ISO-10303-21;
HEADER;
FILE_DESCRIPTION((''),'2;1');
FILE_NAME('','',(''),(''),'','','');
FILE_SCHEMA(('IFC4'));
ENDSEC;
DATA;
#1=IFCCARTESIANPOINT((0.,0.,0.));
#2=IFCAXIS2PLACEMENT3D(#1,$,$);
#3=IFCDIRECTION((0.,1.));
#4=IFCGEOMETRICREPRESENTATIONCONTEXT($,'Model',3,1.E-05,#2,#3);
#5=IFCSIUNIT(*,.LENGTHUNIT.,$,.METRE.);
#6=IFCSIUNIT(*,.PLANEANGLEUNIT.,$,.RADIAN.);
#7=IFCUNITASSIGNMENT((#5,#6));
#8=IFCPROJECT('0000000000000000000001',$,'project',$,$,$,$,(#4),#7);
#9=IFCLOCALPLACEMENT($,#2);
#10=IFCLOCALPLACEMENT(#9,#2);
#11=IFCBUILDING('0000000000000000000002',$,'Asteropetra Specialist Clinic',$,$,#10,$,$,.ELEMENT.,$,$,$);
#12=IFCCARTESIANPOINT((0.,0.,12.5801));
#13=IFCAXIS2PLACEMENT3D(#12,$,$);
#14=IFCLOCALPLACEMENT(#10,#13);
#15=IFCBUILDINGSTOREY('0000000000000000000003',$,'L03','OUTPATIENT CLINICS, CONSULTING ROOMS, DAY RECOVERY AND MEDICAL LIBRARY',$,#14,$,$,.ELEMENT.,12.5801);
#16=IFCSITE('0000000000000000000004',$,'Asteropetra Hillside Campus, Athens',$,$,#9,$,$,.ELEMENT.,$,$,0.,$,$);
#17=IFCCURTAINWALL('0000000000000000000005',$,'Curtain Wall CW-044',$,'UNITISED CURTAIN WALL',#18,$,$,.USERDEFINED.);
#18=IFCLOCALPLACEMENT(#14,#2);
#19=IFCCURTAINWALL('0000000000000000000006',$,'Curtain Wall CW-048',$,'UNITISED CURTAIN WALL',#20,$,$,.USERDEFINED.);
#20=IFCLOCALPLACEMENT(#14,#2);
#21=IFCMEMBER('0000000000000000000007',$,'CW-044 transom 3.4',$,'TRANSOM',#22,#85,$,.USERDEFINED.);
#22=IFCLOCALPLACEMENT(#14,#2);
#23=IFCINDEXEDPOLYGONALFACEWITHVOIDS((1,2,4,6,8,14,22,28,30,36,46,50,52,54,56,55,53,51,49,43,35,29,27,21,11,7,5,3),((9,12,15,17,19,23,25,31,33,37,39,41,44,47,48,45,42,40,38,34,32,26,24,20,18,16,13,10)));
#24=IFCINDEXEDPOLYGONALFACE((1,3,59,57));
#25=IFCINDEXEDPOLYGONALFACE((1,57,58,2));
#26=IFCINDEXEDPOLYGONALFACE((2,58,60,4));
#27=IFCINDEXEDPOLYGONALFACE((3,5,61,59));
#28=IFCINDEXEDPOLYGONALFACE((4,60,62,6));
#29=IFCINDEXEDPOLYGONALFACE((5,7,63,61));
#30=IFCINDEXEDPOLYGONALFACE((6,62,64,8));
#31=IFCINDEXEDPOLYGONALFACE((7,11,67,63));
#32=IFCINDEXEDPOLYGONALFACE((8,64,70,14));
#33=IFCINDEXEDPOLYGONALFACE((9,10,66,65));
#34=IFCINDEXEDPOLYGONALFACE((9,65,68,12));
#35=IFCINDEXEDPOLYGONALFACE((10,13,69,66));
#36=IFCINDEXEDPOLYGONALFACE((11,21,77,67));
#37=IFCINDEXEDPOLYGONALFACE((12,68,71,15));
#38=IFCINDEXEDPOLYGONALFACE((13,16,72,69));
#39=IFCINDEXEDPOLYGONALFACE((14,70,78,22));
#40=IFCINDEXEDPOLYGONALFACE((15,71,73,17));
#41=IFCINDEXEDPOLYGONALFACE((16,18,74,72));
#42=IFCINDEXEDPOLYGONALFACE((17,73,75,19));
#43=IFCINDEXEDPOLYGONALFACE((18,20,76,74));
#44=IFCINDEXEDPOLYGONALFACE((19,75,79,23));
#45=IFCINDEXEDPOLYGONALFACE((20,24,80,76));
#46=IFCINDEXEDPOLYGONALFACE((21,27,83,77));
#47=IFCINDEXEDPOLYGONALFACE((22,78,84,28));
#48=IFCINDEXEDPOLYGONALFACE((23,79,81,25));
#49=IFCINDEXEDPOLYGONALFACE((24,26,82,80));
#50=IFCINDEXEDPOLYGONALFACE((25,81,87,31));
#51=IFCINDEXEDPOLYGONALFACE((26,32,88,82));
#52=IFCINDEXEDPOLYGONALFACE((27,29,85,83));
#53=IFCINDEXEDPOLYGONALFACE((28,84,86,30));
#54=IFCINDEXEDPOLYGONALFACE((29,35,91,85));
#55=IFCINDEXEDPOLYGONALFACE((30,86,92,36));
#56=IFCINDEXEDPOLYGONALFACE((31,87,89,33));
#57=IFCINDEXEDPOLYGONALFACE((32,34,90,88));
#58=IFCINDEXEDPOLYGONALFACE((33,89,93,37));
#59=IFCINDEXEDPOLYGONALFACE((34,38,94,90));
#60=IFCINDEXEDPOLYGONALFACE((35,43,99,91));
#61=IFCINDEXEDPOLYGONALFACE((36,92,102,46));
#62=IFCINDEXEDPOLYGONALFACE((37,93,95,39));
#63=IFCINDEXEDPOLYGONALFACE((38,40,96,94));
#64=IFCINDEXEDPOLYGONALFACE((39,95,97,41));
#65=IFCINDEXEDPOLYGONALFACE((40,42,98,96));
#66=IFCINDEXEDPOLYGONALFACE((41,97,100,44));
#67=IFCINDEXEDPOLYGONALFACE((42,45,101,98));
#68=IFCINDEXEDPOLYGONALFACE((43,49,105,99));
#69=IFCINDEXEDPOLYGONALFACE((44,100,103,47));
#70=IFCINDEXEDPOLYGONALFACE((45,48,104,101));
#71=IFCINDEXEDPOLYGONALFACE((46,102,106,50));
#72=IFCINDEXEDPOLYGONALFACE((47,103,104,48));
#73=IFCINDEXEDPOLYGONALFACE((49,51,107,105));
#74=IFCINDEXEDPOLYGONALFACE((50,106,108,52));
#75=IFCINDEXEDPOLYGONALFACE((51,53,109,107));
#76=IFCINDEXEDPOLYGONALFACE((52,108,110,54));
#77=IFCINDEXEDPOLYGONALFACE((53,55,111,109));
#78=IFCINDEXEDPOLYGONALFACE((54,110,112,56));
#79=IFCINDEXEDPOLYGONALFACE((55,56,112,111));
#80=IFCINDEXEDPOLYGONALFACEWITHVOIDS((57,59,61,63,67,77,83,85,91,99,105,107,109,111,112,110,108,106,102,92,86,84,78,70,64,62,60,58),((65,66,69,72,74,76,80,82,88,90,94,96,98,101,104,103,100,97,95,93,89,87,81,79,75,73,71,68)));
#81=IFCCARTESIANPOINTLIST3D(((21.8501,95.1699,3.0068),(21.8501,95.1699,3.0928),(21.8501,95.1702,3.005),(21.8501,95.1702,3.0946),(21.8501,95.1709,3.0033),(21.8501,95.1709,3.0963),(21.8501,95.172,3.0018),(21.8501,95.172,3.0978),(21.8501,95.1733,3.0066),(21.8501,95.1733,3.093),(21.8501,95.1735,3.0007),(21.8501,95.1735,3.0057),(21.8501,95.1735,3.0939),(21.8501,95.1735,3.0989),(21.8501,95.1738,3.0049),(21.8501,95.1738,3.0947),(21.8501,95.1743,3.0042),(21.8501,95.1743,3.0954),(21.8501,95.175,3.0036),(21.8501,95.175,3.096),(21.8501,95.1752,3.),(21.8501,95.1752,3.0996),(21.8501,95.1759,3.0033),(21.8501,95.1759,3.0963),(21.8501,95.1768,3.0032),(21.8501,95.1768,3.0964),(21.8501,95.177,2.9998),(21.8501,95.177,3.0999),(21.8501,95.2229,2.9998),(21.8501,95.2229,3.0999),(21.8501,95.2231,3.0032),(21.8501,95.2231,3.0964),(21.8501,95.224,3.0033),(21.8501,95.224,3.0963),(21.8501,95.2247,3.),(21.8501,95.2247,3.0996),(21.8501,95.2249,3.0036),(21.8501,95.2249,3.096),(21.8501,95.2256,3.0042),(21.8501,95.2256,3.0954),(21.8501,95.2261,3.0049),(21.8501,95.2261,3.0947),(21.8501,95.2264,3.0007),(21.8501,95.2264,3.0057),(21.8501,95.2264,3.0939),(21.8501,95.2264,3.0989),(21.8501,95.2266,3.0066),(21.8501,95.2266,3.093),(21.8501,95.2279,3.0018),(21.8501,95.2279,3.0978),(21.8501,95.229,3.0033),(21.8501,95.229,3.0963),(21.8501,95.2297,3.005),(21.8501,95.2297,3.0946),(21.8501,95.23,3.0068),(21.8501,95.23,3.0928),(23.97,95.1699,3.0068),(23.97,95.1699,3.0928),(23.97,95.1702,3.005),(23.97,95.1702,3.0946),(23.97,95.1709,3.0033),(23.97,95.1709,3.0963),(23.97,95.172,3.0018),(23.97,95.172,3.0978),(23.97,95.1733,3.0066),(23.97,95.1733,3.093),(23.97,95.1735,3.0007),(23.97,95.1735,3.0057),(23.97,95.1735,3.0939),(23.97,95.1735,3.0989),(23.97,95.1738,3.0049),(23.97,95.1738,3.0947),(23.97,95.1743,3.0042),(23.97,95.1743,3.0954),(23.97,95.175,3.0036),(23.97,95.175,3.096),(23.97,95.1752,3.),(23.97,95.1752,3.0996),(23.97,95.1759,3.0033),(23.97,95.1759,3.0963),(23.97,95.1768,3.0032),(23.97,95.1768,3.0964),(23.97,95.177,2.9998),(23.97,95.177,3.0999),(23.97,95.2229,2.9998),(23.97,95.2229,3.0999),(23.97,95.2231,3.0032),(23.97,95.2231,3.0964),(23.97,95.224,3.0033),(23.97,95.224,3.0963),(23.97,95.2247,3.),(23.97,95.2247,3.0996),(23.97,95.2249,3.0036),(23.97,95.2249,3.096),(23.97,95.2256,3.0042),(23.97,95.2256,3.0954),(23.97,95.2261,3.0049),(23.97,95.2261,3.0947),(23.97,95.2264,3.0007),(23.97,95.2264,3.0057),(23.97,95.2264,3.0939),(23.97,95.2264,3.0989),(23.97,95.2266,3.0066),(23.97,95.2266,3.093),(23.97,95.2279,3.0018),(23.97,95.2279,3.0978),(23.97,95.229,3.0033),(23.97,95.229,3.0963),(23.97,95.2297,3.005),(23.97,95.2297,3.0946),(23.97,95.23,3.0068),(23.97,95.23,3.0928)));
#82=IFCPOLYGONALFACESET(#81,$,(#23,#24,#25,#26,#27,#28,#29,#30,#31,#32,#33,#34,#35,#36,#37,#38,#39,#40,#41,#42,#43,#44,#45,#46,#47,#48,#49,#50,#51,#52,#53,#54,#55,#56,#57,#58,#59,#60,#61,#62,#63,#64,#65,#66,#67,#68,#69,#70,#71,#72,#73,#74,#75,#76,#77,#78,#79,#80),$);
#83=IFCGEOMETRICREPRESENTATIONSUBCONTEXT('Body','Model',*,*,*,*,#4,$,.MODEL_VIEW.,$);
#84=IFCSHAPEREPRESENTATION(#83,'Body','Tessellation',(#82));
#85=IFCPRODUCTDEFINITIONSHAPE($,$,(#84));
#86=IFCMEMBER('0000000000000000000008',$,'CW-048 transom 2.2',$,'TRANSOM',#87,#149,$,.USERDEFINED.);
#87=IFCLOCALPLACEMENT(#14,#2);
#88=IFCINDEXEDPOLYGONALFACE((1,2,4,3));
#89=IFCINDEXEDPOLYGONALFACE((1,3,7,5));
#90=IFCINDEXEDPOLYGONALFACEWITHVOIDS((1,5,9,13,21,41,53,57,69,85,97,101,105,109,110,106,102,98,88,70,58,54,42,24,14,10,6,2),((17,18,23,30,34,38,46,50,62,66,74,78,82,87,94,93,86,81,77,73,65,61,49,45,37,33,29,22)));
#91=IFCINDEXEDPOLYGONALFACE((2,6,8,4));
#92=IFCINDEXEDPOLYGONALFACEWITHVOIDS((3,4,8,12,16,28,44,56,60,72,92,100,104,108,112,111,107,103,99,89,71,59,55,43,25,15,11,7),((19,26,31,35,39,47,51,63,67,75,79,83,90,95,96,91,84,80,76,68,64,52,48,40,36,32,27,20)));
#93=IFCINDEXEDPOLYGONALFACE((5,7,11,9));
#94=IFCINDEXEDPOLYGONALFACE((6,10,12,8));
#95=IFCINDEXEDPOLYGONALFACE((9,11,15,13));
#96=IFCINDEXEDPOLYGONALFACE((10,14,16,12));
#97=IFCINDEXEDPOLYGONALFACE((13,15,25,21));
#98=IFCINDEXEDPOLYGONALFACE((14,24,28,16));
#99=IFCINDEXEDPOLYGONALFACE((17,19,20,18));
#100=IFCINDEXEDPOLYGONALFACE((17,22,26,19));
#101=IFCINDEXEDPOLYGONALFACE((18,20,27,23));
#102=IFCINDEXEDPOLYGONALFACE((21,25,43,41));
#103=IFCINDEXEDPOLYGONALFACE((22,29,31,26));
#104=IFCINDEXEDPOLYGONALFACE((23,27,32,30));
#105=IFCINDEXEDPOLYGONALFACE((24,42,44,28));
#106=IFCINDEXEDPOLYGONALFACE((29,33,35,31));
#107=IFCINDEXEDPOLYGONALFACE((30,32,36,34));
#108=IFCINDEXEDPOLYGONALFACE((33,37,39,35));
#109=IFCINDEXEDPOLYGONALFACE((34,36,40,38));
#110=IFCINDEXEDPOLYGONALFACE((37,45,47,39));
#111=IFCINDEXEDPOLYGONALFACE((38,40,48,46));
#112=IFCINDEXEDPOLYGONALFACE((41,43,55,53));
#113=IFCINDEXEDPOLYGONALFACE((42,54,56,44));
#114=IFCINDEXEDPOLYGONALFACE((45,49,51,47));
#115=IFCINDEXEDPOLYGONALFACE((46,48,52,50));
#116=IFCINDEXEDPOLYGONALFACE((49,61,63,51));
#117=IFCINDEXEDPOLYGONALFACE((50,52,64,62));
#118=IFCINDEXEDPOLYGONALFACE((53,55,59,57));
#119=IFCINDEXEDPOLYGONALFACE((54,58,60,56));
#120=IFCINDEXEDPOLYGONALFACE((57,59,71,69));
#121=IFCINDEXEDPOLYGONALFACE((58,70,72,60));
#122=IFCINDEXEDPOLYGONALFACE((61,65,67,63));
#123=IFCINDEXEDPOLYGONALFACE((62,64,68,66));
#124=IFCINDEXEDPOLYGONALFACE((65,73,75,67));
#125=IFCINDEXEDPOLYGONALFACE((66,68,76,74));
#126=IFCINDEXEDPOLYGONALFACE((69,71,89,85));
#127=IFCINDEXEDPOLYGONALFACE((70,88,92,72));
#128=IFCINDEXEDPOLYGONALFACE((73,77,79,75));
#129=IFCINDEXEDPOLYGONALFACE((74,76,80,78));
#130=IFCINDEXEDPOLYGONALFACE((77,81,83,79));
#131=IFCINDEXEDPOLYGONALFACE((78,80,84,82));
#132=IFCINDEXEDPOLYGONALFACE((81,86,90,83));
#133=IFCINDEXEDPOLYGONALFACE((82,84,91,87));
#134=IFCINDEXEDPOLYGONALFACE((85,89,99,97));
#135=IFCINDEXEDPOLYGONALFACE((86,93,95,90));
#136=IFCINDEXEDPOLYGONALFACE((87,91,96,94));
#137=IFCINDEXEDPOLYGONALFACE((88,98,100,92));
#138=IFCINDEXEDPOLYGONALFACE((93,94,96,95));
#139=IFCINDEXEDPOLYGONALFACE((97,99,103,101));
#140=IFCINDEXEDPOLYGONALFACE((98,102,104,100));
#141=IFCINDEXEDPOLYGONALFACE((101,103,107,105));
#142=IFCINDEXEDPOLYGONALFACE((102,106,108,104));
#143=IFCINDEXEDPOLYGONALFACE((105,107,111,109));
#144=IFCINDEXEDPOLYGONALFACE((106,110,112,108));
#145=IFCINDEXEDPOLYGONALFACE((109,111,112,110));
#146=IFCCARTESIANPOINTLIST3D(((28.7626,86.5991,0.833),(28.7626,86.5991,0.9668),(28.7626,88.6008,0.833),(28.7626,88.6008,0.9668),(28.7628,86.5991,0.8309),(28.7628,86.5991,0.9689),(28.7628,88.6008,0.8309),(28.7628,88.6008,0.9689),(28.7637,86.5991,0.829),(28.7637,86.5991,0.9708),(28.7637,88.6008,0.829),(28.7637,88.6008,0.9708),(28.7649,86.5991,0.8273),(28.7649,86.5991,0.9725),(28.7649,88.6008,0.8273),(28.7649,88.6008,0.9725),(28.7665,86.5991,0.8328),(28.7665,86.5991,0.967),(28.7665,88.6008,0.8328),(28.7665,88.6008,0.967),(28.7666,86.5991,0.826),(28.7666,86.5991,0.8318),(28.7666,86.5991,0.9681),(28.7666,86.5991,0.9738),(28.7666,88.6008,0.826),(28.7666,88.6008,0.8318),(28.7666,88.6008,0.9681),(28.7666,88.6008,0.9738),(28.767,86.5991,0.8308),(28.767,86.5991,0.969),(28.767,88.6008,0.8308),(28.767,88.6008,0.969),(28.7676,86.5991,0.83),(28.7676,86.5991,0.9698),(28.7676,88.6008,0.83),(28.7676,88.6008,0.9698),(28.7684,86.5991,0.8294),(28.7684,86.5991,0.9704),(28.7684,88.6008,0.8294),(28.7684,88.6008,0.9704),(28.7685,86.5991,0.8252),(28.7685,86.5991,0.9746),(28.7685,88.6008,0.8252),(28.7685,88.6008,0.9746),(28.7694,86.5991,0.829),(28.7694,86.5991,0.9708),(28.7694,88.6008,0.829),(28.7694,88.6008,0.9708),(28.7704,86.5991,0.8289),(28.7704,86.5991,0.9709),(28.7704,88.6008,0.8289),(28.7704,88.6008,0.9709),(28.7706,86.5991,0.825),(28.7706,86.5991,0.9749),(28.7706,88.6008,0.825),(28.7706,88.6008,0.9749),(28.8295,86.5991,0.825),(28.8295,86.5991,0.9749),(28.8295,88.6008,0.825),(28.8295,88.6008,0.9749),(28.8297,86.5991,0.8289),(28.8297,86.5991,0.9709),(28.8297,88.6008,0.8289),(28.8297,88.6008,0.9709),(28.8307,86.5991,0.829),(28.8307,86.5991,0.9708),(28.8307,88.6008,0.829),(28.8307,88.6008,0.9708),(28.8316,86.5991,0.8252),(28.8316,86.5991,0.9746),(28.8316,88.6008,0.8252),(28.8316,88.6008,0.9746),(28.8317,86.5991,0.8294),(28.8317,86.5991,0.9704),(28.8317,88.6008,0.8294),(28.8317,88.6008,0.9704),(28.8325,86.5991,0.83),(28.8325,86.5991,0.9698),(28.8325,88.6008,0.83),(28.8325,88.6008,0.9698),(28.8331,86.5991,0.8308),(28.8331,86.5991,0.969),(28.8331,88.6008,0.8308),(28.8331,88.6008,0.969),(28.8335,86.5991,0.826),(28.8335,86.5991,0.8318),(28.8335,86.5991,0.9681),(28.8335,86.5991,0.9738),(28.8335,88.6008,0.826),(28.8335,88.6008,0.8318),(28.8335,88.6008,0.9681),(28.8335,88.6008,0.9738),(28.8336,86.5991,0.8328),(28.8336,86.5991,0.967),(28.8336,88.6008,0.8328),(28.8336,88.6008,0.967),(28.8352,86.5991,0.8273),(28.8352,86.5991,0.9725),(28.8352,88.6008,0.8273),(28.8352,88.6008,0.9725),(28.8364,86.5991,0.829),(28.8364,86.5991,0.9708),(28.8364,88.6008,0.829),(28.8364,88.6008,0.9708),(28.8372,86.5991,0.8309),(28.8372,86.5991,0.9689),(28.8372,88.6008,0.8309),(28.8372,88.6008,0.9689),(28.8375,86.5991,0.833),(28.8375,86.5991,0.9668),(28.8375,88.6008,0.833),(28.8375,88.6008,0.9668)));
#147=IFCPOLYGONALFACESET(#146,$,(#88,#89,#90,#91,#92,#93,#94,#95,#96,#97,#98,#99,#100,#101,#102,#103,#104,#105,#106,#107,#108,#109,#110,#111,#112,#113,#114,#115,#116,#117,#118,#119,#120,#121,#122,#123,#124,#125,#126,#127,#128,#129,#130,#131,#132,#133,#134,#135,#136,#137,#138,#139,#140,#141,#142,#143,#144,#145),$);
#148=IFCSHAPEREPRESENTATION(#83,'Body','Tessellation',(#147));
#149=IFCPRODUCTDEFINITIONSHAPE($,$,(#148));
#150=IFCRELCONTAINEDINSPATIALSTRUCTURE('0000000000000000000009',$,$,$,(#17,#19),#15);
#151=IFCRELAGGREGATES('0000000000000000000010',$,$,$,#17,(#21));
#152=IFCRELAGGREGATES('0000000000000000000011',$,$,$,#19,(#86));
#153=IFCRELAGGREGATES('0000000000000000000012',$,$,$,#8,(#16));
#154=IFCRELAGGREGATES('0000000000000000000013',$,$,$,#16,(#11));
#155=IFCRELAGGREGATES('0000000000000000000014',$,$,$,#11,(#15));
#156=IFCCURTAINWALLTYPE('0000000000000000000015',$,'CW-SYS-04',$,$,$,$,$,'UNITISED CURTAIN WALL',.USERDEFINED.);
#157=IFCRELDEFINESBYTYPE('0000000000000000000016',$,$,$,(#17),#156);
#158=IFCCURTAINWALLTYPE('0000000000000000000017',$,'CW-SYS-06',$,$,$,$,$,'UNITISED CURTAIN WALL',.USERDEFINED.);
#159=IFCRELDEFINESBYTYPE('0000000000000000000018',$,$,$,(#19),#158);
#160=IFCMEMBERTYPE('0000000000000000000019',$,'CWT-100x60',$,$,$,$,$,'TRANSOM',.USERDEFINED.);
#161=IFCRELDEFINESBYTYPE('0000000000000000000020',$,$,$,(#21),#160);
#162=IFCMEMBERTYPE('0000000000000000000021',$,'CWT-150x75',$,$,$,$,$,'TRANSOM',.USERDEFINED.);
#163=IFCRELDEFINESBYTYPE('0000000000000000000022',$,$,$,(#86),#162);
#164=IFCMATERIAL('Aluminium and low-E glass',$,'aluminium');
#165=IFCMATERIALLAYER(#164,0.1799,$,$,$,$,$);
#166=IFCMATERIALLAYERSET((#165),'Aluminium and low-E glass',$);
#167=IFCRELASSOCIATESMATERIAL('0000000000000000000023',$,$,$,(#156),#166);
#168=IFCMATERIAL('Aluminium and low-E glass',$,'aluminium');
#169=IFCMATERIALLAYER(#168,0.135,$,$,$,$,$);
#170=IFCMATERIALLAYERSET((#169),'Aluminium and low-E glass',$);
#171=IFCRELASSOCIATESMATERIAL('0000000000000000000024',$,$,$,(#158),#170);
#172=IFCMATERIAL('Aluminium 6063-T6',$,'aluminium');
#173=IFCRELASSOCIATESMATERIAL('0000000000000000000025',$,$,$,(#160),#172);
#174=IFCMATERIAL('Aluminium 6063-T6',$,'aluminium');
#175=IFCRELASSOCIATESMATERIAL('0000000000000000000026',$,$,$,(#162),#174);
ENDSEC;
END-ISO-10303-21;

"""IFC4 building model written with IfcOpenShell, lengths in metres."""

from ifc_helpers import new_model, si_unit, direction, frame, origin, origin_2d, place, context, subcontext, project, spatial, hollow_rectangle, extrude, material, layer, layer_set, material_profile, profile_set, type_object, element, aggregate, save


model = new_model("IFC4")

# Units and contexts
model_context = context("Model", 3, precision=1e-05, world=origin(), true_north=direction((0.0, 1.0)))
body_context = subcontext(model_context, "Body", "Model", "MODEL_VIEW")
ifc_project = project(units=[si_unit("LENGTHUNIT", "METRE"), si_unit("PLANEANGLEUNIT", "RADIAN")], contexts=[model_context])

# Site, building, storey
site_placement = place(None, origin())
site = spatial("IfcSite", under=ifc_project, at=site_placement, Name="Asteropetra Hillside Campus, Athens", CompositionType="ELEMENT", RefElevation=0.0)
building_placement = place(site_placement, origin())
building = spatial("IfcBuilding", under=site, at=building_placement, Name="Asteropetra Specialist Clinic", CompositionType="ELEMENT")
storey_placement = place(building_placement, frame((0.0, 0.0, 12.5801)))
storey = spatial("IfcBuildingStorey", under=building, at=storey_placement, Name="L03", Description="OUTPATIENT CLINICS, CONSULTING ROOMS, DAY RECOVERY AND MEDICAL LIBRARY", CompositionType="ELEMENT", Elevation=12.5801)

# Curtain wall
ifc_material_1 = material(Name="Aluminium and low-E glass", Category="aluminium")
ifc_layer_1 = layer(ifc_material_1, 0.1799)
ifc_layer_set_1 = layer_set([ifc_layer_1], Name="Aluminium and low-E glass")
curtain_wall_type_1 = type_object("IfcCurtainWallType", Name="CW-SYS-04", ElementType="UNITISED CURTAIN WALL", PredefinedType="USERDEFINED", material=ifc_layer_set_1)
curtain_wall_1_placement = place(storey_placement, origin())
curtain_wall_1 = element("IfcCurtainWall", 1, at=curtain_wall_1_placement, inside=storey, type_object=curtain_wall_type_1, Name="Curtain Wall CW-044", ObjectType="UNITISED CURTAIN WALL", PredefinedType="USERDEFINED")

# Curtain wall
ifc_material_2 = material(Name="Aluminium and low-E glass", Category="aluminium")
ifc_layer_2 = layer(ifc_material_2, 0.135)
ifc_layer_set_2 = layer_set([ifc_layer_2], Name="Aluminium and low-E glass")
curtain_wall_type_2 = type_object("IfcCurtainWallType", Name="CW-SYS-06", ElementType="UNITISED CURTAIN WALL", PredefinedType="USERDEFINED", material=ifc_layer_set_2)
curtain_wall_2_placement = place(storey_placement, origin())
curtain_wall_2 = element("IfcCurtainWall", 2, at=curtain_wall_2_placement, inside=storey, type_object=curtain_wall_type_2, Name="Curtain Wall CW-048", ObjectType="UNITISED CURTAIN WALL", PredefinedType="USERDEFINED")

# Members
ifc_material_3 = material(Name="Aluminium 6063-T6", Category="aluminium")
ifc_material_profile_1 = material_profile(ifc_material_3, hollow_rectangle(XDim=0.0601, YDim=0.1001, WallThickness=0.0034, InnerFilletRadius=0.0034, OuterFilletRadius=0.0071, at=origin_2d()), Name="TRN 100x60x3.5")
ifc_profile_set_1 = profile_set([ifc_material_profile_1], Name="Aluminium 6063-T6")
member_type_1 = type_object("IfcMemberType", Name="CWT-100x60", ElementType="TRANSOM", PredefinedType="USERDEFINED", material=ifc_profile_set_1)
member_1_placement = place(storey_placement, frame((23.97, 95.2, 3.0498), z_axis=(-1.0, 0.0, 0.0), x_axis=(0.0, -1.0, 0.0)))
member_1 = element("IfcMember", 3, at=member_1_placement, type_object=member_type_1, Name="CW-044 transom 3.4", ObjectType="TRANSOM", PredefinedType="USERDEFINED", context=body_context, shape_type="SweptSolid", body=[
    extrude(hollow_rectangle(XDim=0.0601, YDim=0.1001, WallThickness=0.0034, InnerFilletRadius=0.0034, OuterFilletRadius=0.0071, at=origin_2d()), origin(), (0.0, 0.0, 1.0), 2.1199),
])
ifc_material_4 = material(Name="Aluminium 6063-T6", Category="aluminium")
ifc_material_profile_2 = material_profile(ifc_material_4, hollow_rectangle(XDim=0.075, YDim=0.1499, WallThickness=0.0039, InnerFilletRadius=0.0039, OuterFilletRadius=0.0081, at=origin_2d()), Name="TRN 150x75x4.0")
ifc_profile_set_2 = profile_set([ifc_material_profile_2], Name="Aluminium 6063-T6")
member_type_2 = type_object("IfcMemberType", Name="CWT-150x75", ElementType="TRANSOM", PredefinedType="USERDEFINED", material=ifc_profile_set_2)
member_2_placement = place(storey_placement, frame((28.8, 86.5991, 0.8999), z_axis=(0.0, 1.0, 0.0), x_axis=(-1.0, 0.0, 0.0)))
member_2 = element("IfcMember", 4, at=member_2_placement, type_object=member_type_2, Name="CW-048 transom 2.2", ObjectType="TRANSOM", PredefinedType="USERDEFINED", context=body_context, shape_type="SweptSolid", body=[
    extrude(hollow_rectangle(XDim=0.075, YDim=0.1499, WallThickness=0.0039, InnerFilletRadius=0.0039, OuterFilletRadius=0.0081, at=origin_2d()), origin(), (0.0, 0.0, 1.0), 2.0017),
])

aggregate(curtain_wall_1, [member_1])
aggregate(curtain_wall_2, [member_2])

save(model, "model.ifc")
